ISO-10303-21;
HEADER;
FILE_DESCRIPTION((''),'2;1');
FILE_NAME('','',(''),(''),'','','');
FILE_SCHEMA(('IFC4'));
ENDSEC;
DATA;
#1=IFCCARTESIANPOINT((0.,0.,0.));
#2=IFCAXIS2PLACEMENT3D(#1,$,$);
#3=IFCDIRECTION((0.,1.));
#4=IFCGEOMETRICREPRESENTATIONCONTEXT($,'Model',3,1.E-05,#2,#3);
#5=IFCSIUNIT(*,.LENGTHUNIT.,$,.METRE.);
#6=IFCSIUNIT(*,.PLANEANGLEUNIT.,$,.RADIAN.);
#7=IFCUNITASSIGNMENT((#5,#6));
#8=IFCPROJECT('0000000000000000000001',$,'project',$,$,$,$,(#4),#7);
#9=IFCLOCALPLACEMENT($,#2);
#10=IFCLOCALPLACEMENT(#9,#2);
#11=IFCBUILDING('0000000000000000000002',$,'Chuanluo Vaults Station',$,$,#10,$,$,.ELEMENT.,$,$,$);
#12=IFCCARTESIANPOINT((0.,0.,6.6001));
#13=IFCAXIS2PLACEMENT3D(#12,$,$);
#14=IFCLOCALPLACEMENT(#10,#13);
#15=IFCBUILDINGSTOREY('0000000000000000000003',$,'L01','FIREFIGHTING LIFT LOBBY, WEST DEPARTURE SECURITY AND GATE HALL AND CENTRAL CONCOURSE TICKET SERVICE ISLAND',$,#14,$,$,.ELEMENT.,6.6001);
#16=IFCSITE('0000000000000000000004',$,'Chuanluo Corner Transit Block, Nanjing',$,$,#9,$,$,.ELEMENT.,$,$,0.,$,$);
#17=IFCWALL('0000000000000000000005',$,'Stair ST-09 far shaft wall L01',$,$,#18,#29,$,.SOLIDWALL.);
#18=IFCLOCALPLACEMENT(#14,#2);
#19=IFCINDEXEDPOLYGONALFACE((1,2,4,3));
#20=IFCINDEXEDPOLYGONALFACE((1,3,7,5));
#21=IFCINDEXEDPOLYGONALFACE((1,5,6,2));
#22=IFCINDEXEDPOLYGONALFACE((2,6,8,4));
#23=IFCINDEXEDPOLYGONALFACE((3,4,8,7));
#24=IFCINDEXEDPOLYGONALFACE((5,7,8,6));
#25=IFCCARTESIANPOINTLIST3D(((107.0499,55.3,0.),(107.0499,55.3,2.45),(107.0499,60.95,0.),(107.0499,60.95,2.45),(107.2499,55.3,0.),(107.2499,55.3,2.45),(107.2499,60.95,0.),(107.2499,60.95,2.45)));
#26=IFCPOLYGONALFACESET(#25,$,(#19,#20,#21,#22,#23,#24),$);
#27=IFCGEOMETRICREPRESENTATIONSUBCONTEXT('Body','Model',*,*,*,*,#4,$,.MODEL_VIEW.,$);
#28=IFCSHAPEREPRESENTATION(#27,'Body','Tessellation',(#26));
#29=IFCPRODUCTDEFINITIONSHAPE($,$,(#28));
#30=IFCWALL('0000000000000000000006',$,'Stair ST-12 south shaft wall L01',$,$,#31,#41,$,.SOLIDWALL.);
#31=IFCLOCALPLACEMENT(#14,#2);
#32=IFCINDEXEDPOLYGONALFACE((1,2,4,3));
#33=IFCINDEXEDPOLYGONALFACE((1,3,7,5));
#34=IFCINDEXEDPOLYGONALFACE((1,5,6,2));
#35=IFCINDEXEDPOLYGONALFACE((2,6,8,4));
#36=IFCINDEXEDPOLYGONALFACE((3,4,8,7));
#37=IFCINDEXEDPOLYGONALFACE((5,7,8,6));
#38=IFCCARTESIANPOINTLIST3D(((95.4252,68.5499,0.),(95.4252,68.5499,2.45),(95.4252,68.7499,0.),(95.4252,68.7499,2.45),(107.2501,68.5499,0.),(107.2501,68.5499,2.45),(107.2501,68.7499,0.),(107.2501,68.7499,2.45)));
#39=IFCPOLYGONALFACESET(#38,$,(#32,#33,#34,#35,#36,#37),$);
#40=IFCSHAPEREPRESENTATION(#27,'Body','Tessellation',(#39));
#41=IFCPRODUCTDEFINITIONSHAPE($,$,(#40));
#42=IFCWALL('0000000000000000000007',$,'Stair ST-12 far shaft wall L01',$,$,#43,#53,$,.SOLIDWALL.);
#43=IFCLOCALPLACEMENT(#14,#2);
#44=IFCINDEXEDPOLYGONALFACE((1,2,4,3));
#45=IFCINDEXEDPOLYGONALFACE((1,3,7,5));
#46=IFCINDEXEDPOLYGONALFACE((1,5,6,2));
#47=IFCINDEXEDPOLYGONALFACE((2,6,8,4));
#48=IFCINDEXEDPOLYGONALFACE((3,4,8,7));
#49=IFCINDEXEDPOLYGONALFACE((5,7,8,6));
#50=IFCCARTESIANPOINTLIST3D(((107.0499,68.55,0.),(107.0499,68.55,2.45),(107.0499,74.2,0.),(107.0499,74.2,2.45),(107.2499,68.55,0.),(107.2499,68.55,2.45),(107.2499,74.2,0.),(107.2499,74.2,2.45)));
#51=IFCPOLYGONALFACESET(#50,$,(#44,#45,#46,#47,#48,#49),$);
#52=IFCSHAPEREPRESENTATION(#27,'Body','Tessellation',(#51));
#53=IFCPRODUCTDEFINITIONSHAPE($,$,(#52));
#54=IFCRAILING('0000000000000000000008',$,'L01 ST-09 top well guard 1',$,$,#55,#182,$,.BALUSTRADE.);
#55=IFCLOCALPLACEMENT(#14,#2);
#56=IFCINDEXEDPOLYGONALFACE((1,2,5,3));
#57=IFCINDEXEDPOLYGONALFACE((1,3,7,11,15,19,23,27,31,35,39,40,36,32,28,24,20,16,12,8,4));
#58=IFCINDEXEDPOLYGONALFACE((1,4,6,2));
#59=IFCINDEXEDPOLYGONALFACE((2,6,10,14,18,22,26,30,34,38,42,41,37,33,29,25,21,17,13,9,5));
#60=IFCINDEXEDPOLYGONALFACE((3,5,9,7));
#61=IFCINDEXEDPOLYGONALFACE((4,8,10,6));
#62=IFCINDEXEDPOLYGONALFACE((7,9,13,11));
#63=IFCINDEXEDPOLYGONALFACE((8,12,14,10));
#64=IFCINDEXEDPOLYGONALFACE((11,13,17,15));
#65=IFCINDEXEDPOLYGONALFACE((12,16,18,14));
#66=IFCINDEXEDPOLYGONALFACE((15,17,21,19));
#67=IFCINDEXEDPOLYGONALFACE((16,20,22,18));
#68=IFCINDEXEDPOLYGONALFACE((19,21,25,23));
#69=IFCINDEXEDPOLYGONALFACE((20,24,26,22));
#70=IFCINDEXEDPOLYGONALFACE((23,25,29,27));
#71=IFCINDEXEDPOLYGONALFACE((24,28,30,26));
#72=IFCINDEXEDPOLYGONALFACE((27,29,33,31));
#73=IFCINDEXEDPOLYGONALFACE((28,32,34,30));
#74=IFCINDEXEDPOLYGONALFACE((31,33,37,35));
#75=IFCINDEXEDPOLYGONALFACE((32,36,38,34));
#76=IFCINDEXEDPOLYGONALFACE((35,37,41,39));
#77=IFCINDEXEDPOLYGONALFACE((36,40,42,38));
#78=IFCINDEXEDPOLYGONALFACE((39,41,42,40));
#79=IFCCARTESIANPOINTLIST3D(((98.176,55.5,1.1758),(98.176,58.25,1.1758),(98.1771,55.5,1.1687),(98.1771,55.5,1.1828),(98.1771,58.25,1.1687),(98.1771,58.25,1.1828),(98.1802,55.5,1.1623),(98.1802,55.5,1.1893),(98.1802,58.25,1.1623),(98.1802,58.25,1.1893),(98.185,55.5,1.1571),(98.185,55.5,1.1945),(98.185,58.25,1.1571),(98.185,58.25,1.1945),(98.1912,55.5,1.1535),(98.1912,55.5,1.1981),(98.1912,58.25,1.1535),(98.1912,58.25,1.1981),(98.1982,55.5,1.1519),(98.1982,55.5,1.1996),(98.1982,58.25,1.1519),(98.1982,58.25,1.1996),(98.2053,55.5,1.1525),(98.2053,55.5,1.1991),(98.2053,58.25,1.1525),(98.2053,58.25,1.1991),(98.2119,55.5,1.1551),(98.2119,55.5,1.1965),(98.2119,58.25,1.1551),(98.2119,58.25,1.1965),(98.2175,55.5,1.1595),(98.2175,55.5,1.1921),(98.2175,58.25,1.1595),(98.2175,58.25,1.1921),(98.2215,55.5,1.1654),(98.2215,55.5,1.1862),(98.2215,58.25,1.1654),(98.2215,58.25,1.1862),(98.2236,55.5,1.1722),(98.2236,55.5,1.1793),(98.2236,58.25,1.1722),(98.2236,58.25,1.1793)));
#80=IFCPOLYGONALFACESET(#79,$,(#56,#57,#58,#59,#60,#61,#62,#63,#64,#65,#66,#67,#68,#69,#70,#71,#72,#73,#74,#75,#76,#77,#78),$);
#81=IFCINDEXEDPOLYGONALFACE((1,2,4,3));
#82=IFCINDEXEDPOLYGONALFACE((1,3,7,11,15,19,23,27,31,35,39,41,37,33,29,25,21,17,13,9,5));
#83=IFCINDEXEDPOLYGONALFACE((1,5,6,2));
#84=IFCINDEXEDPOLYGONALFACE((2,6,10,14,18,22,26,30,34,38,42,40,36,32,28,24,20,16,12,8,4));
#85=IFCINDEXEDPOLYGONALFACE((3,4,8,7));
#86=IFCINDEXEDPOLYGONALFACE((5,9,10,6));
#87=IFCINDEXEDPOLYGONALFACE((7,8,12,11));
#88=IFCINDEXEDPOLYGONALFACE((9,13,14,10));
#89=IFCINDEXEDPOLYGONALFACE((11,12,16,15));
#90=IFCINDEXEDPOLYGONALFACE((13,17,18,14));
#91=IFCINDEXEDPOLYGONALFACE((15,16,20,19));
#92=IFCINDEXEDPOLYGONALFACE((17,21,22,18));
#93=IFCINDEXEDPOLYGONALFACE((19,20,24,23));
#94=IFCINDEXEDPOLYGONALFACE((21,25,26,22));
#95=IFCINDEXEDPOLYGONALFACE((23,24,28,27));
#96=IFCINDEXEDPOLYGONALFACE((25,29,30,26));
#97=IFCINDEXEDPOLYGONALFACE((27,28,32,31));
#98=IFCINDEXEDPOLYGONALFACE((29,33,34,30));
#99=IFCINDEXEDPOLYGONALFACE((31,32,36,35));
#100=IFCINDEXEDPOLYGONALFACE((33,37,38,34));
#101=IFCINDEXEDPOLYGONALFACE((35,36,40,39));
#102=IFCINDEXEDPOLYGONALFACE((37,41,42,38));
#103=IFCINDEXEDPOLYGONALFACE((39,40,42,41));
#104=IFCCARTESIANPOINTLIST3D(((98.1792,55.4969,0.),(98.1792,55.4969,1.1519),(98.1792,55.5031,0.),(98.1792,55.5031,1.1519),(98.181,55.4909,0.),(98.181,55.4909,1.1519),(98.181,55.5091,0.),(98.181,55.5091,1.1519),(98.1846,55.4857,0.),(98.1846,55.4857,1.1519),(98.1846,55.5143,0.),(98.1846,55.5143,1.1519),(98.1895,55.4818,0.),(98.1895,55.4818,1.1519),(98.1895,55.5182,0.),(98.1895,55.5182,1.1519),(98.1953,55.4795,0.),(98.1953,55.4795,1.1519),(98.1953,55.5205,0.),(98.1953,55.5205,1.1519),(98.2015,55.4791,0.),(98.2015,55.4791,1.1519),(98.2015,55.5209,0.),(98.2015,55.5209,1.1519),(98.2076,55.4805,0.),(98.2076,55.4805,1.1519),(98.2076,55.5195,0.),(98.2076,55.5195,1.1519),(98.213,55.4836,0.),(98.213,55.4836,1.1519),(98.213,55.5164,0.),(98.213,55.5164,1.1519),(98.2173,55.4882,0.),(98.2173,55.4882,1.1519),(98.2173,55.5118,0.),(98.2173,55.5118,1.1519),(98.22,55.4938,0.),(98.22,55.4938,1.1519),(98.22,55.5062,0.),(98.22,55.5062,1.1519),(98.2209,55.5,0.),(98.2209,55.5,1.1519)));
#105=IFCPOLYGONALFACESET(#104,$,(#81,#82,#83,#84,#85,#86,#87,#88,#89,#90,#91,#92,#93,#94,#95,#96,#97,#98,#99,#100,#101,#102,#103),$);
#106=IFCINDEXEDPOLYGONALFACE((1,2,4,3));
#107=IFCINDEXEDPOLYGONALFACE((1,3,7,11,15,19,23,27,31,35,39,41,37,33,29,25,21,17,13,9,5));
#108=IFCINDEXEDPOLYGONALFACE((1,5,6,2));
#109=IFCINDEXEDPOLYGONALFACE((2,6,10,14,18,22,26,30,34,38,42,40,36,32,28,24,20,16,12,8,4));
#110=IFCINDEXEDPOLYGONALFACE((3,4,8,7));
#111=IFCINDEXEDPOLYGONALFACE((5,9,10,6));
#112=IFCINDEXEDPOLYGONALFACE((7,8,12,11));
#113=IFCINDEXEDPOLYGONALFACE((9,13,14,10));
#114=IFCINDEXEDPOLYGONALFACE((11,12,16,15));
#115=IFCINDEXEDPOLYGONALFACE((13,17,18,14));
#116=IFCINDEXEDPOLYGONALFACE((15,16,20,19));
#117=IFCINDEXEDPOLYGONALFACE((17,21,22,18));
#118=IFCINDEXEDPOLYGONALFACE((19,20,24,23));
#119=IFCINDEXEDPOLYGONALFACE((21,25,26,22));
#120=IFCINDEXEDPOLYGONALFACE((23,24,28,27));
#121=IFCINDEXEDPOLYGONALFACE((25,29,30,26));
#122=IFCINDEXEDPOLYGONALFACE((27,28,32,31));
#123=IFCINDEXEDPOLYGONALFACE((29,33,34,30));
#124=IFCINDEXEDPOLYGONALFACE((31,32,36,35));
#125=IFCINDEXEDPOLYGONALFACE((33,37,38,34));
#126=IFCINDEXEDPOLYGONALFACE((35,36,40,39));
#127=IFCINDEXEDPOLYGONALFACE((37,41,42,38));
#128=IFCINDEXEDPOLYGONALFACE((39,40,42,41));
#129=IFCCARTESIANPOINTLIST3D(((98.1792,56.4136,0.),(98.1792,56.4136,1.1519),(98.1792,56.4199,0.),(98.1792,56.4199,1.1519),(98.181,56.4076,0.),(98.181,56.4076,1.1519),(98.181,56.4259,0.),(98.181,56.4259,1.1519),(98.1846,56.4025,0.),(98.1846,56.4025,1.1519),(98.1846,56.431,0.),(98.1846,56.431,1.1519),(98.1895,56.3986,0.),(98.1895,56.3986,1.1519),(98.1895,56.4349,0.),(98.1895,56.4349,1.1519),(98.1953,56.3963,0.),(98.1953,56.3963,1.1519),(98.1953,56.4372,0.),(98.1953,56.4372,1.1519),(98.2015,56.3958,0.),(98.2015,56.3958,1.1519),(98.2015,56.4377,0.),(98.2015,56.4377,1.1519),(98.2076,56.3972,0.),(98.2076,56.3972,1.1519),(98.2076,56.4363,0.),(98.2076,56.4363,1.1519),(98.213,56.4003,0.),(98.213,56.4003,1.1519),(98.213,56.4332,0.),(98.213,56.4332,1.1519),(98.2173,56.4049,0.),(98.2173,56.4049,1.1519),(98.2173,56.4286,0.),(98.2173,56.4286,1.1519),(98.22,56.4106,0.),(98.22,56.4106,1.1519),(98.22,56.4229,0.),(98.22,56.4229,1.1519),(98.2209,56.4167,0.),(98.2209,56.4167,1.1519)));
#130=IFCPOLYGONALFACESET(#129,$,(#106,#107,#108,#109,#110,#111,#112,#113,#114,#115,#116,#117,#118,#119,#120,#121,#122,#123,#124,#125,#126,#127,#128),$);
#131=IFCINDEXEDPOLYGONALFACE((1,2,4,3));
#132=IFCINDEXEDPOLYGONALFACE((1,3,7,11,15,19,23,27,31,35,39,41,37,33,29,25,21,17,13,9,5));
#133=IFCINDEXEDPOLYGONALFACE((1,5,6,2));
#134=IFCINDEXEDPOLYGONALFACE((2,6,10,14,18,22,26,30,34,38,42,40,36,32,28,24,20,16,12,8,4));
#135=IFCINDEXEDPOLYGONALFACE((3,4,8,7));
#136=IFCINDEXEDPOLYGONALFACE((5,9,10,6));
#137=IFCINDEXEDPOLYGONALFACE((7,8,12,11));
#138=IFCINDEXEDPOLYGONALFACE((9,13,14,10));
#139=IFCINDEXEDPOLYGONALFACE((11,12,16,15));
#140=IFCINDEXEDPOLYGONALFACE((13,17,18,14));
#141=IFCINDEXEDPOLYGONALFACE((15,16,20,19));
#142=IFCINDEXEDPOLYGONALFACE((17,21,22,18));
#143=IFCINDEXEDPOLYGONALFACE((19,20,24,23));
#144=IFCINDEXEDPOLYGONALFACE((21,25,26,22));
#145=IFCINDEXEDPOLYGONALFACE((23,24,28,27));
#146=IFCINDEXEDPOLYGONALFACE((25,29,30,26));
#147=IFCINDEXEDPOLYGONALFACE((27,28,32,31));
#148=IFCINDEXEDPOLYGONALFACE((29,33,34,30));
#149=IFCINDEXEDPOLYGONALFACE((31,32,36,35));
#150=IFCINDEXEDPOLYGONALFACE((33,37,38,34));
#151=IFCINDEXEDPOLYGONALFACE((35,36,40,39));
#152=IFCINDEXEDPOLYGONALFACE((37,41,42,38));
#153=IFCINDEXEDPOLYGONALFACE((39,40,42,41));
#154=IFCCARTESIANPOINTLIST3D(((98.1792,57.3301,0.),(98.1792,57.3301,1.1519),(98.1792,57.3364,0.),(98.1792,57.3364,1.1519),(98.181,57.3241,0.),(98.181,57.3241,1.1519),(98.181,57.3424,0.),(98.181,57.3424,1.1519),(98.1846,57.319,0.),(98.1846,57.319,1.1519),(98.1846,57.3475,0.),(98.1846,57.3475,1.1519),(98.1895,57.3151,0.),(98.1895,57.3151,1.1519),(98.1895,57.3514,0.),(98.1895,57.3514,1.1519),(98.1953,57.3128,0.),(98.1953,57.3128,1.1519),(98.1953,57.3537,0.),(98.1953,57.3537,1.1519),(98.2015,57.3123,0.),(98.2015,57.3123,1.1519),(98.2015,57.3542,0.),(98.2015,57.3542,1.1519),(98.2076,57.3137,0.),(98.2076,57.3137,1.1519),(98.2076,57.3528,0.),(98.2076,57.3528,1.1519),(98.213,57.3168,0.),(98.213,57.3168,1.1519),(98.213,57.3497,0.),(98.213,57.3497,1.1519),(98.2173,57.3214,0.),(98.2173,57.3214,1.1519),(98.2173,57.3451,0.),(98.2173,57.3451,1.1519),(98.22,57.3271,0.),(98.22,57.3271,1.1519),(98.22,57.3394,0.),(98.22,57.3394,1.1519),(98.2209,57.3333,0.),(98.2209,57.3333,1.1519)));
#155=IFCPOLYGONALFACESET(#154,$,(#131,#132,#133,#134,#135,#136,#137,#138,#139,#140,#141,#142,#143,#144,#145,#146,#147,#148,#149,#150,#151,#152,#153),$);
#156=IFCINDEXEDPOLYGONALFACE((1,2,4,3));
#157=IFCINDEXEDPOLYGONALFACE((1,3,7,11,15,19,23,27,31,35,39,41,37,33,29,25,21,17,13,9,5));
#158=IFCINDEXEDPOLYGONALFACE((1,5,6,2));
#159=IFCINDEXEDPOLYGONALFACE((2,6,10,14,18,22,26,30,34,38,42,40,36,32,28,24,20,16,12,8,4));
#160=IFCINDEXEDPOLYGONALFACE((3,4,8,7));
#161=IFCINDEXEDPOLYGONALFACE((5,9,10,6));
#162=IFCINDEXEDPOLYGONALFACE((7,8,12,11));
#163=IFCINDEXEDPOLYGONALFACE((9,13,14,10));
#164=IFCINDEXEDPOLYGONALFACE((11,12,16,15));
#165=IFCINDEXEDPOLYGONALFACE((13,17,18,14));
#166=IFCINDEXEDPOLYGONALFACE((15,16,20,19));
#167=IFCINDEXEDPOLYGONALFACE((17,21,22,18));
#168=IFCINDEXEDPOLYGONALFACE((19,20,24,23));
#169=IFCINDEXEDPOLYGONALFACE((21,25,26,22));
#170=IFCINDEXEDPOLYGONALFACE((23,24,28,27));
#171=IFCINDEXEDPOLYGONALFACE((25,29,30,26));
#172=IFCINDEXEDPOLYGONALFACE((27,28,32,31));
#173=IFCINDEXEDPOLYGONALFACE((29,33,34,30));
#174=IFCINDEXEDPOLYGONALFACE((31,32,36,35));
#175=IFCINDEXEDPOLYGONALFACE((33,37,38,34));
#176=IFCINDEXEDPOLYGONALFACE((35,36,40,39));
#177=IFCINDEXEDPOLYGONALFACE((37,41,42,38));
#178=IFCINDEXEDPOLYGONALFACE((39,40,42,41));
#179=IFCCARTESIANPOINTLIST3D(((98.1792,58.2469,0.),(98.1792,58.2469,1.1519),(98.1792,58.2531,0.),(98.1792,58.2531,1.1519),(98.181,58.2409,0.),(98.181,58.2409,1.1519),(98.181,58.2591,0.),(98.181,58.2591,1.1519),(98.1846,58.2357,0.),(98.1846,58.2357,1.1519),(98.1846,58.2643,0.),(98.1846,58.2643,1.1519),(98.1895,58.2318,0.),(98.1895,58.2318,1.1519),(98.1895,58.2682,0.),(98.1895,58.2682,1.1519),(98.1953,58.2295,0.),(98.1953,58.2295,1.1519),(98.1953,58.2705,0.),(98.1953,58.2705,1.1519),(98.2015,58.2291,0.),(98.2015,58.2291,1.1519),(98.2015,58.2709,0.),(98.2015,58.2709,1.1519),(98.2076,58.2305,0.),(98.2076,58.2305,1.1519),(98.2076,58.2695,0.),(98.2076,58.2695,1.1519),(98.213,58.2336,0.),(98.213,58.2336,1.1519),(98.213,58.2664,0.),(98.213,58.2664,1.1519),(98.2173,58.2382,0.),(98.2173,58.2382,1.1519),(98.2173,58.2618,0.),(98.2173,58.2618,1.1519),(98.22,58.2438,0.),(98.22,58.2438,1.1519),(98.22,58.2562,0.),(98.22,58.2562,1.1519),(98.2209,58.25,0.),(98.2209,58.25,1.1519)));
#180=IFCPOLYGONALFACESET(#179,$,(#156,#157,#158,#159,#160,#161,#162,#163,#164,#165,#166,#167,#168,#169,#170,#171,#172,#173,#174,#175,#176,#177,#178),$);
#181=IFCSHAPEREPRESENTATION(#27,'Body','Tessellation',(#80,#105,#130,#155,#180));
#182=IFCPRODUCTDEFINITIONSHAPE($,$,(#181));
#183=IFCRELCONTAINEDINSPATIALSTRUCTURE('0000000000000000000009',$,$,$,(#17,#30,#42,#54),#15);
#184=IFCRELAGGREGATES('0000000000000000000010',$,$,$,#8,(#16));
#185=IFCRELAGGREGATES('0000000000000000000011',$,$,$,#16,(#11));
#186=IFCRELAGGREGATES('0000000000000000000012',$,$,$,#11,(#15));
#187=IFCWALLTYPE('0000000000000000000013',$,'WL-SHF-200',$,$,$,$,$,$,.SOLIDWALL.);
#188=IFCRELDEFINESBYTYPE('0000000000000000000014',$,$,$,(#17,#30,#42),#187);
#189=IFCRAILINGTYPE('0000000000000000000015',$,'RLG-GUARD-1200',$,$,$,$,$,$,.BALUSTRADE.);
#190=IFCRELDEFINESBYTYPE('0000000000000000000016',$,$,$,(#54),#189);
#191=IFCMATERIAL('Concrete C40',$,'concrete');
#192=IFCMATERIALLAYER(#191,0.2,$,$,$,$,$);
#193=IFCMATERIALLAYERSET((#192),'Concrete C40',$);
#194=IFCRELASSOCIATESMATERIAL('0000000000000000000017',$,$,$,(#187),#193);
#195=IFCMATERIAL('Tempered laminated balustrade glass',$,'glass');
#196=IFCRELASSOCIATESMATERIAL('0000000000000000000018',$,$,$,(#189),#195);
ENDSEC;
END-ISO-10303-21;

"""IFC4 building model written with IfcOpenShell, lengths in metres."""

from ifc_helpers import new_model, si_unit, direction, frame, frame_2d, origin, origin_2d, place, context, subcontext, project, spatial, rectangle, circle, extrude, material, layer, layer_set, type_object, element, save


model = new_model("IFC4")

# Units and contexts
model_context = context("Model", 3, precision=1e-05, world=origin(), true_north=direction((0.0, 1.0)))
body_context = subcontext(model_context, "Body", "Model", "MODEL_VIEW")
ifc_project = project(units=[si_unit("LENGTHUNIT", "METRE"), si_unit("PLANEANGLEUNIT", "RADIAN")], contexts=[model_context])

# Site, building, storey
site_placement = place(None, origin())
site = spatial("IfcSite", under=ifc_project, at=site_placement, Name="Chuanluo Corner Transit Block, Nanjing", CompositionType="ELEMENT", RefElevation=0.0)
building_placement = place(site_placement, origin())
building = spatial("IfcBuilding", under=site, at=building_placement, Name="Chuanluo Vaults Station", CompositionType="ELEMENT")
storey_placement = place(building_placement, frame((0.0, 0.0, 6.6001)))
storey = spatial("IfcBuildingStorey", under=building, at=storey_placement, Name="L01", Description="FIREFIGHTING LIFT LOBBY, WEST DEPARTURE SECURITY AND GATE HALL AND CENTRAL CONCOURSE TICKET SERVICE ISLAND", CompositionType="ELEMENT", Elevation=6.6001)

# Wall
ifc_material_1 = material(Name="Concrete C40", Category="concrete")
ifc_layer_1 = layer(ifc_material_1, 0.2)
ifc_layer_set_1 = layer_set([ifc_layer_1], Name="Concrete C40")
wall_type = type_object("IfcWallType", Name="WL-SHF-200", PredefinedType="SOLIDWALL", material=ifc_layer_set_1)
wall_1_placement = place(storey_placement, frame((107.1499, 55.3, 0.0), z_axis=(0.0, 0.0, 1.0), x_axis=(0.0, 1.0, 0.0)))
element("IfcWall", 1, at=wall_1_placement, inside=storey, type_object=wall_type, Name="Stair ST-09 far shaft wall L01", PredefinedType="SOLIDWALL", context=body_context, shape_type="SweptSolid", body=[
    extrude(rectangle(XDim=5.6499, YDim=0.2, at=frame_2d((2.825, 0.0))), origin(), (0.0, 0.0, 1.0), 2.45),
])

# Walls
wall_2_placement = place(storey_placement, frame((95.425, 68.6499, 0.0), z_axis=(0.0, 0.0, 1.0), x_axis=(1.0, 0.0, 0.0)))
element("IfcWall", 2, at=wall_2_placement, inside=storey, type_object=wall_type, Name="Stair ST-12 south shaft wall L01", PredefinedType="SOLIDWALL", context=body_context, shape_type="SweptSolid", body=[
    extrude(rectangle(XDim=11.825, YDim=0.2, at=frame_2d((5.9126, 0.0))), origin(), (0.0, 0.0, 1.0), 2.45),
])
wall_3_placement = place(storey_placement, frame((107.1499, 68.55, 0.0), z_axis=(0.0, 0.0, 1.0), x_axis=(0.0, 1.0, 0.0)))
element("IfcWall", 3, at=wall_3_placement, inside=storey, type_object=wall_type, Name="Stair ST-12 far shaft wall L01", PredefinedType="SOLIDWALL", context=body_context, shape_type="SweptSolid", body=[
    extrude(rectangle(XDim=5.6499, YDim=0.2, at=frame_2d((2.825, 0.0))), origin(), (0.0, 0.0, 1.0), 2.45),
])

# Railing
ifc_material_2 = material(Name="Tempered laminated balustrade glass", Category="glass")
railing_type = type_object("IfcRailingType", Name="RLG-GUARD-1200", PredefinedType="BALUSTRADE", material=ifc_material_2)
for number, where, name in (
    (4, (98.2, 55.5, 0.0), "L01 ST-09 top well guard 1"),
):
    element("IfcRailing", number, at=place(storey_placement, frame(where)), inside=storey, type_object=railing_type, Name=name, PredefinedType="BALUSTRADE", context=body_context, shape_type="SweptSolid", body=[
        extrude(circle(Radius=0.0239, at=origin_2d()), frame((0.0, 0.0, 1.1758), z_axis=(0.0, 1.0, 0.0), x_axis=(-1.0, 0.0, 0.0)), (0.0, 0.0, 1.0), 2.75),
        extrude(circle(Radius=0.021, at=origin_2d()), origin(), (0.0, 0.0, 1.0), 1.1519),
        extrude(circle(Radius=0.021, at=origin_2d()), frame((0.0, 0.9167, 0.0)), (0.0, 0.0, 1.0), 1.1519),
        extrude(circle(Radius=0.021, at=origin_2d()), frame((0.0, 1.8333, 0.0)), (0.0, 0.0, 1.0), 1.1519),
        extrude(circle(Radius=0.021, at=origin_2d()), frame((0.0, 2.75, 0.0)), (0.0, 0.0, 1.0), 1.1519),
    ])

save(model, "model.ifc")
